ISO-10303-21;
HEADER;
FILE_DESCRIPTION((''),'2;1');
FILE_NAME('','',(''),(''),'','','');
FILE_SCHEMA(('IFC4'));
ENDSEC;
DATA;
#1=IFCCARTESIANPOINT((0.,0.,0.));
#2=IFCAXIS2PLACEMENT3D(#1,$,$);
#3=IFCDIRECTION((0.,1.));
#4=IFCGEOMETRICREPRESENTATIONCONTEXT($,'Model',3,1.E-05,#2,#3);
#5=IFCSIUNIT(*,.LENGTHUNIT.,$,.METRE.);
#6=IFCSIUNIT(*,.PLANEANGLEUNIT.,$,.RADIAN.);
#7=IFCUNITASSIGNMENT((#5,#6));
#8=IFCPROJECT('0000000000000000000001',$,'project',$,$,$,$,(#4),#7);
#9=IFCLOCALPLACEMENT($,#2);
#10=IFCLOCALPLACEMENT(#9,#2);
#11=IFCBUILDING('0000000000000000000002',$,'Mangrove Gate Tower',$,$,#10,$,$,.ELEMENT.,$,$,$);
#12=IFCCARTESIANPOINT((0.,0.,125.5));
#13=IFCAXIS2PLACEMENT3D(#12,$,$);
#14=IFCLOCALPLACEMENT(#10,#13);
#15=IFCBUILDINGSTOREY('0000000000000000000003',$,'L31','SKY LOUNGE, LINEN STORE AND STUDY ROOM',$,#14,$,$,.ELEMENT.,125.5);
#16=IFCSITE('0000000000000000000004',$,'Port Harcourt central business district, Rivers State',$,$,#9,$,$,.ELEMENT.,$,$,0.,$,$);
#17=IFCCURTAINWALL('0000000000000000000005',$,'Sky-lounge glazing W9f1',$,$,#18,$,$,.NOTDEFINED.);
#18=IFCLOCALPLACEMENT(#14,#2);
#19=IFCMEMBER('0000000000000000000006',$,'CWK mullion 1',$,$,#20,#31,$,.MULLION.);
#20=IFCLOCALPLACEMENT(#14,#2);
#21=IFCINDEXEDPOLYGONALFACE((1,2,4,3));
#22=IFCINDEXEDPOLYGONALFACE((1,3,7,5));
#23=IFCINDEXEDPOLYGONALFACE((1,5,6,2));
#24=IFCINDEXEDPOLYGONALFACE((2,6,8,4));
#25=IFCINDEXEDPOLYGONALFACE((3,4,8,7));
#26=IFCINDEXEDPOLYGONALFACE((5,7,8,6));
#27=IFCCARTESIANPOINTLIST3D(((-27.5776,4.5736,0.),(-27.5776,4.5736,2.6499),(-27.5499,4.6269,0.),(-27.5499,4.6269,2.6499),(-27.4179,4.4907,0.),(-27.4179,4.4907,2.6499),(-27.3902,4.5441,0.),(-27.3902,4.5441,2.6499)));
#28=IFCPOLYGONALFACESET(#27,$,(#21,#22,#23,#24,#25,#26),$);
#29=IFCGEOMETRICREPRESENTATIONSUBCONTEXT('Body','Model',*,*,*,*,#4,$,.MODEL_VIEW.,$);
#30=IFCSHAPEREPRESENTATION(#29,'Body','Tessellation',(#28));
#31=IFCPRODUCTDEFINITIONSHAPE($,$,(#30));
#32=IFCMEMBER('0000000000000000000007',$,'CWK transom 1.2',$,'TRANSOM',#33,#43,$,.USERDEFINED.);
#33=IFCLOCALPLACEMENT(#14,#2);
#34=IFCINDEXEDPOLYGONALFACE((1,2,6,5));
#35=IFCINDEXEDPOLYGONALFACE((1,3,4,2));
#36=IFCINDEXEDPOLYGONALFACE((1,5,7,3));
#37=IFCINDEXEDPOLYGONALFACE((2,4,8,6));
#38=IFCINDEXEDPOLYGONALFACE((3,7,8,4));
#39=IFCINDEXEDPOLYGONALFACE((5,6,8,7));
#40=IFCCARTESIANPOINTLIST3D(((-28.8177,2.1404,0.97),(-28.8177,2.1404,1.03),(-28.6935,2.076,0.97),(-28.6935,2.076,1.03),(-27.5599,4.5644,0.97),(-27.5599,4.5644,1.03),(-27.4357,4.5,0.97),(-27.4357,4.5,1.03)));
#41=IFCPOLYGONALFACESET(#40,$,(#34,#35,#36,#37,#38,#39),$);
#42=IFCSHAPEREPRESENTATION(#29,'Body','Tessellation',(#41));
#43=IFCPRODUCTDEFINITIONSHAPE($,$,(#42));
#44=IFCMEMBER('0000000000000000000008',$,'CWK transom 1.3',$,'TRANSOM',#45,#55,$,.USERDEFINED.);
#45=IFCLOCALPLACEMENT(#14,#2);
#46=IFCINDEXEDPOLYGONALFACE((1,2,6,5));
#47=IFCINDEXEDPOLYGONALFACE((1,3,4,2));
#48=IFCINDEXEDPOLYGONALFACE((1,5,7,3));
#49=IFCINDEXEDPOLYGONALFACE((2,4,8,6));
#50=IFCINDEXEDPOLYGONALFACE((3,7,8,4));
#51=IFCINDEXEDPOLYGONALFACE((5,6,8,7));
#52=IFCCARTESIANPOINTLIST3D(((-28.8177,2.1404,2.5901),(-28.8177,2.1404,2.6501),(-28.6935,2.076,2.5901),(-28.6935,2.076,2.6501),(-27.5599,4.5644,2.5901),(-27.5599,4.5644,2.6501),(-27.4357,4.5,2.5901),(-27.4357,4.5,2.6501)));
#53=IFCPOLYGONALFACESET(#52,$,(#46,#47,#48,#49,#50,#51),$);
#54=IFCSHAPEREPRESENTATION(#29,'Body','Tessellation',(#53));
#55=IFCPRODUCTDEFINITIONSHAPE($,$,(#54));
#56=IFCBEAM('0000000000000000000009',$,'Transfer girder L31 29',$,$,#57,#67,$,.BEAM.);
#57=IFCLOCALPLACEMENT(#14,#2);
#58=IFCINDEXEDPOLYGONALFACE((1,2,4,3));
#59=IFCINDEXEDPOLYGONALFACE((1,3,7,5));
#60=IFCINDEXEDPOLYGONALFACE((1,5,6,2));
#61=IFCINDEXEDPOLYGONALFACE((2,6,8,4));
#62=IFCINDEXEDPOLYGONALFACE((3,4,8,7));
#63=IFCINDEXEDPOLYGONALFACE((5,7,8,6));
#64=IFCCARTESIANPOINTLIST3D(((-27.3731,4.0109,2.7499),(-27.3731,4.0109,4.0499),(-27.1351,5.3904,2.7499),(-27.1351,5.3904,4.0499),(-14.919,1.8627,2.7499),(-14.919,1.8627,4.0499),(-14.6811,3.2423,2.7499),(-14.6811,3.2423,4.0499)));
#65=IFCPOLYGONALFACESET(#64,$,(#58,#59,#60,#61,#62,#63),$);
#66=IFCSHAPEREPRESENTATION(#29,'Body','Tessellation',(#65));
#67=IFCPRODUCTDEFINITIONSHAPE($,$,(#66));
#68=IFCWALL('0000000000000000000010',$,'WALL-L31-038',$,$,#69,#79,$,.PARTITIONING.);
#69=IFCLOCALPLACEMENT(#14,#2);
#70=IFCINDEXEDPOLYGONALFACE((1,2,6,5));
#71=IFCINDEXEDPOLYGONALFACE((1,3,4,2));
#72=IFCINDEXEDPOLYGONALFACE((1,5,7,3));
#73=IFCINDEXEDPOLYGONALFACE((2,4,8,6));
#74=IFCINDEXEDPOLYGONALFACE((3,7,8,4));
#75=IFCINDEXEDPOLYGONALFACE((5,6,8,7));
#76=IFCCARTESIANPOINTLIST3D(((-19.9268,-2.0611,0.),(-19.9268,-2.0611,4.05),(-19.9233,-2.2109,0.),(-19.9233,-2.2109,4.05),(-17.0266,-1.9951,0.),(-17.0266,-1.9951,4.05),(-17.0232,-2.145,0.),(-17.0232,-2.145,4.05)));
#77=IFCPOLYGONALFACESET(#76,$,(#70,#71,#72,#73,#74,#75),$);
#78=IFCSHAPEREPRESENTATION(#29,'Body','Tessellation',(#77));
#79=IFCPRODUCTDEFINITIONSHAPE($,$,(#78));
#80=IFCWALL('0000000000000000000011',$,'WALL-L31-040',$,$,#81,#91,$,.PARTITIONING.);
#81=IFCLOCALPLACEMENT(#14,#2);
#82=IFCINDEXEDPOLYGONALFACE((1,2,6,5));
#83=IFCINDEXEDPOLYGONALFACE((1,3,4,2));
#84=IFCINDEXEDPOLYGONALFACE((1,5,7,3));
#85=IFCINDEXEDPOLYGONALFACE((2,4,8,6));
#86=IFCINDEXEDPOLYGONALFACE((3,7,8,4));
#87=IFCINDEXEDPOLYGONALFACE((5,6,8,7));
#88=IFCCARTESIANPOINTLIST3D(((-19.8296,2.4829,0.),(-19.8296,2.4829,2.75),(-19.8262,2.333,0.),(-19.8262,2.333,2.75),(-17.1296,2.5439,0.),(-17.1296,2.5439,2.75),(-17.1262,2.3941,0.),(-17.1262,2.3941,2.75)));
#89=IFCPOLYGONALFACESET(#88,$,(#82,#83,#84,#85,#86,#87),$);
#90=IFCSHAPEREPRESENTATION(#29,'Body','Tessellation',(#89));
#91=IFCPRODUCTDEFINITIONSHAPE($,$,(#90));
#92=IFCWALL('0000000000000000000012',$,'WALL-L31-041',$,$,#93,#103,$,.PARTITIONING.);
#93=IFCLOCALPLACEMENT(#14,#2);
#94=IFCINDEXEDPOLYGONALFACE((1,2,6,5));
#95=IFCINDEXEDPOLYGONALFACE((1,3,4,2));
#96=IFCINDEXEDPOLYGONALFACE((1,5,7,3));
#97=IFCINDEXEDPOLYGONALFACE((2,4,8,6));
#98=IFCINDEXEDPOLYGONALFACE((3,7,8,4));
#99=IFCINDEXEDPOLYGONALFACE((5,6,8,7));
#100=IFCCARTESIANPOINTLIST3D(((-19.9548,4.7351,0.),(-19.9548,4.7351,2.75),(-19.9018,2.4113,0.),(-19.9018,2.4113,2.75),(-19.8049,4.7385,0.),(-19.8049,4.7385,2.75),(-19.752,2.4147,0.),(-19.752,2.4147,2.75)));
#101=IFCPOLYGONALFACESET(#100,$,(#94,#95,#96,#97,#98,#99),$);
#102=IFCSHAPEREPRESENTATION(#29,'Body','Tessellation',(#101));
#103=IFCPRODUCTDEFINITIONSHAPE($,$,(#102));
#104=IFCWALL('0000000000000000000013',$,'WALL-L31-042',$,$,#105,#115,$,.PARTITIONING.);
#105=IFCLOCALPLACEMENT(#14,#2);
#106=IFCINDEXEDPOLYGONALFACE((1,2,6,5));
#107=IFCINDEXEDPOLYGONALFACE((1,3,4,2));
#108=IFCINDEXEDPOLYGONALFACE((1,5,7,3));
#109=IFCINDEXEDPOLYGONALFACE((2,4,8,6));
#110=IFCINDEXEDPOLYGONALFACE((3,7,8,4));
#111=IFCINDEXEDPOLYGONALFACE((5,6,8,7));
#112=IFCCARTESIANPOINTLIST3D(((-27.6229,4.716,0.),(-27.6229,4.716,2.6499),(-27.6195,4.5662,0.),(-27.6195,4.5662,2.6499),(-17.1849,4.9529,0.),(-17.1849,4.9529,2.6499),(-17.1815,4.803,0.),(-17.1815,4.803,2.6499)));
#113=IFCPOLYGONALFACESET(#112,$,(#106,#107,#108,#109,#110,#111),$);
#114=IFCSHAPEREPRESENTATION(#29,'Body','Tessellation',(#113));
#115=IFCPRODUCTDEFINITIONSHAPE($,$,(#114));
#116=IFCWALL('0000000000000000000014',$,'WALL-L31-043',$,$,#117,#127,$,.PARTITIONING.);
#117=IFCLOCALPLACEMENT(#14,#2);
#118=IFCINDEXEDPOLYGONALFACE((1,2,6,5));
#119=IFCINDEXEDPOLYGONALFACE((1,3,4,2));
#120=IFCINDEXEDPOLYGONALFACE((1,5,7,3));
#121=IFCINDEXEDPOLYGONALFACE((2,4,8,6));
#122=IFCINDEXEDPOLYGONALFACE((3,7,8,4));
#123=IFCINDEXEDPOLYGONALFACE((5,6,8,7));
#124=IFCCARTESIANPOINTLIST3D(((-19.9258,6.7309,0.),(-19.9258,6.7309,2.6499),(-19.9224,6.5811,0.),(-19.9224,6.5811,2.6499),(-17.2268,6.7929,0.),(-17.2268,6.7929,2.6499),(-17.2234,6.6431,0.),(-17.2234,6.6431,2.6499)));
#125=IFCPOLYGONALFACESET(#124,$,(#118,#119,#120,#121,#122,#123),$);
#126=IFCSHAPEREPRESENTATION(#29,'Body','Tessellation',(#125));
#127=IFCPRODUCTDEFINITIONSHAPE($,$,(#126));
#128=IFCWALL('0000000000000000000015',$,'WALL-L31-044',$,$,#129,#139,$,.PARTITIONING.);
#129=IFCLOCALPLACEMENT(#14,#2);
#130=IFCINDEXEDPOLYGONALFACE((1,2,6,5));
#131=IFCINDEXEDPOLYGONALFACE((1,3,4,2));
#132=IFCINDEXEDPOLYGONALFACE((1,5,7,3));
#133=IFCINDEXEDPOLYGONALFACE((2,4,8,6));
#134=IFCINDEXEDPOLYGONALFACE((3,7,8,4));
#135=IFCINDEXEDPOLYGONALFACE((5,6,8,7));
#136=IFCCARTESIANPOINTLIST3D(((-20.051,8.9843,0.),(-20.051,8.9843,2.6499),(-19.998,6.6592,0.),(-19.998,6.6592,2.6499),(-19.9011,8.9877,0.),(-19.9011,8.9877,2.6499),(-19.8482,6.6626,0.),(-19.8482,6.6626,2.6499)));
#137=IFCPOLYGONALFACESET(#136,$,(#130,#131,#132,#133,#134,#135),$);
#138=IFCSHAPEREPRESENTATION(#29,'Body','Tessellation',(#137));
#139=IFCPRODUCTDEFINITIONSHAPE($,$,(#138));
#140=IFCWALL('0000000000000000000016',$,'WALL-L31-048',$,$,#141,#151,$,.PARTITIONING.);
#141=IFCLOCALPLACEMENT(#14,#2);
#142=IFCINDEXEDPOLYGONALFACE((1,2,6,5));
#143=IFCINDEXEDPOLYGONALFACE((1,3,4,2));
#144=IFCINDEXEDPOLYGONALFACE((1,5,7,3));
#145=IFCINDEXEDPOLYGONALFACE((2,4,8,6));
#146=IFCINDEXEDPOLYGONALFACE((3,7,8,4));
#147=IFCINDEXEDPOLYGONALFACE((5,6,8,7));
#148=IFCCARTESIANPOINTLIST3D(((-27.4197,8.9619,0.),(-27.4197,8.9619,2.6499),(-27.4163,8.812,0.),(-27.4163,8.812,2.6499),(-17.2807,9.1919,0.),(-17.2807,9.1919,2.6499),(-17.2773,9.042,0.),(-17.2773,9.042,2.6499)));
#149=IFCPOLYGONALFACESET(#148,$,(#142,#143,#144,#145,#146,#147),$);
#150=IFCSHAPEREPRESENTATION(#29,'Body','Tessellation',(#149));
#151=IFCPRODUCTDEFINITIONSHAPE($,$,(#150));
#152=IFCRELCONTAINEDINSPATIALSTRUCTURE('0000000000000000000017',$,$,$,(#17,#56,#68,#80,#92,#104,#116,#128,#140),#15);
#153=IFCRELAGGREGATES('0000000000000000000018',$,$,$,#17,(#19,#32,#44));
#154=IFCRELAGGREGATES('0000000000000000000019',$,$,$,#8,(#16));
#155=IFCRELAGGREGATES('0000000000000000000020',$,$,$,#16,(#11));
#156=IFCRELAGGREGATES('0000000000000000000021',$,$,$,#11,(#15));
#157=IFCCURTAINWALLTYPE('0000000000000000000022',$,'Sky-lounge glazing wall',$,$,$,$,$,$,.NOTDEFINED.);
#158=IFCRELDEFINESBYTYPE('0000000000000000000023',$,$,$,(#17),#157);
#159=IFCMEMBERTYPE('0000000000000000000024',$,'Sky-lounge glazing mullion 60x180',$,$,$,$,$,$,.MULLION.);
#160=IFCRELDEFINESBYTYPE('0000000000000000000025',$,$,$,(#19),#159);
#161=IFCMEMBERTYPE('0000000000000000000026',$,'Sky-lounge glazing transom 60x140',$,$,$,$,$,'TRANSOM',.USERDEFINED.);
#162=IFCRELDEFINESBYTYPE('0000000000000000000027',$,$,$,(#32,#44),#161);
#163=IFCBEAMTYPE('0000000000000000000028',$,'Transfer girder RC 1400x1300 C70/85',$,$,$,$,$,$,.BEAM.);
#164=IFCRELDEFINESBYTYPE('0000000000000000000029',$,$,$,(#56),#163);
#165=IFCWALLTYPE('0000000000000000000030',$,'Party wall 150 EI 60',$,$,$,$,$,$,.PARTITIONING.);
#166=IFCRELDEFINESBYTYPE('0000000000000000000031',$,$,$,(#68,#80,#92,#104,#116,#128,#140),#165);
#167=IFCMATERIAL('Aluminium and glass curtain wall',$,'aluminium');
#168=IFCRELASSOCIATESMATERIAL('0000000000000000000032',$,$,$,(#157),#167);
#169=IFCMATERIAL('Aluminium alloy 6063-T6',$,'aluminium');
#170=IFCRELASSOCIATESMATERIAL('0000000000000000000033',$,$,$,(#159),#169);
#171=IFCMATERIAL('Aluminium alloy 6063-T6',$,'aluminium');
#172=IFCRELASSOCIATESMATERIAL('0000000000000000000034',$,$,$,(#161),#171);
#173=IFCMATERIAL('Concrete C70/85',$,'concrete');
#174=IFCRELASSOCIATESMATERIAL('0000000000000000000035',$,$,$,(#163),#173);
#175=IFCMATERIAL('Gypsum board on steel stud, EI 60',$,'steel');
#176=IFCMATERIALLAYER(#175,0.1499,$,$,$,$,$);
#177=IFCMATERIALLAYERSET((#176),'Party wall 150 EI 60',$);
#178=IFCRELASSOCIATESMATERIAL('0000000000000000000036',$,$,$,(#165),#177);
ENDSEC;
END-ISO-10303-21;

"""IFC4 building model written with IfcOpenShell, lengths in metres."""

from ifc_helpers import new_model, si_unit, direction, frame, frame_2d, origin, origin_2d, place, context, subcontext, project, spatial, rectangle, extrude, material, layer, layer_set, material_profile, profile_set, type_object, element, aggregate, save


model = new_model("IFC4")

# Units and contexts
model_context = context("Model", 3, precision=1e-05, world=origin(), true_north=direction((0.0, 1.0)))
body_context = subcontext(model_context, "Body", "Model", "MODEL_VIEW")
ifc_project = project(units=[si_unit("LENGTHUNIT", "METRE"), si_unit("PLANEANGLEUNIT", "RADIAN")], contexts=[model_context])

# Site, building, storey
site_placement = place(None, origin())
site = spatial("IfcSite", under=ifc_project, at=site_placement, Name="Port Harcourt central business district, Rivers State", CompositionType="ELEMENT", RefElevation=0.0)
building_placement = place(site_placement, origin())
building = spatial("IfcBuilding", under=site, at=building_placement, Name="Mangrove Gate Tower", CompositionType="ELEMENT")
storey_placement = place(building_placement, frame((0.0, 0.0, 125.5)))
storey = spatial("IfcBuildingStorey", under=building, at=storey_placement, Name="L31", Description="SKY LOUNGE, LINEN STORE AND STUDY ROOM", CompositionType="ELEMENT", Elevation=125.5)

# Curtain wall, members
ifc_material_1 = material(Name="Aluminium and glass curtain wall", Category="aluminium")
curtain_wall_type = type_object("IfcCurtainWallType", Name="Sky-lounge glazing wall", PredefinedType="NOTDEFINED", material=ifc_material_1)
curtain_wall_placement = place(storey_placement, origin())
curtain_wall = element("IfcCurtainWall", 1, at=curtain_wall_placement, inside=storey, type_object=curtain_wall_type, Name="Sky-lounge glazing W9f1", PredefinedType="NOTDEFINED")
ifc_material_2 = material(Name="Aluminium alloy 6063-T6", Category="aluminium")
ifc_material_profile_1 = material_profile(ifc_material_2, rectangle(XDim=0.0601, YDim=0.1799, at=origin_2d()))
ifc_profile_set_1 = profile_set([ifc_material_profile_1], Name="Aluminium alloy 6063-T6")
member_type_1 = type_object("IfcMemberType", Name="Sky-lounge glazing mullion 60x180", PredefinedType="MULLION", material=ifc_profile_set_1)
member_1_placement = place(storey_placement, frame((-27.4839, 4.5588, 0.0), z_axis=(0.0, 0.0, 1.0), x_axis=(-0.460628, -0.887593, 0.0)))
member_1 = element("IfcMember", 2, at=member_1_placement, type_object=member_type_1, Name="CWK mullion 1", PredefinedType="MULLION", context=body_context, shape_type="SweptSolid", body=[
    extrude(rectangle(XDim=0.0601, YDim=0.1799, at=origin_2d()), origin(), (0.0, 0.0, 1.0), 2.6499),
])
ifc_material_3 = material(Name="Aluminium alloy 6063-T6", Category="aluminium")
ifc_material_profile_2 = material_profile(ifc_material_3, rectangle(XDim=0.0601, YDim=0.1399, at=origin_2d()))
ifc_profile_set_2 = profile_set([ifc_material_profile_2], Name="Aluminium alloy 6063-T6")
member_type_2 = type_object("IfcMemberType", Name="Sky-lounge glazing transom 60x140", ElementType="TRANSOM", PredefinedType="USERDEFINED", material=ifc_profile_set_2)
member_2_placement = place(storey_placement, frame((-27.4978, 4.5322, 1.0), z_axis=(-0.460573, -0.887622, 0.0), x_axis=(0.0, 0.0, 1.0)))
member_2 = element("IfcMember", 3, at=member_2_placement, type_object=member_type_2, Name="CWK transom 1.2", ObjectType="TRANSOM", PredefinedType="USERDEFINED", context=body_context, shape_type="SweptSolid", body=[
    extrude(rectangle(XDim=0.0601, YDim=0.1399, at=origin_2d()), origin(), (0.0, 0.0, 1.0), 2.731),
])
member_3_placement = place(storey_placement, frame((-27.4978, 4.5322, 2.6201), z_axis=(-0.460573, -0.887622, 0.0), x_axis=(0.0, 0.0, 1.0)))
member_3 = element("IfcMember", 4, at=member_3_placement, type_object=member_type_2, Name="CWK transom 1.3", ObjectType="TRANSOM", PredefinedType="USERDEFINED", context=body_context, shape_type="SweptSolid", body=[
    extrude(rectangle(XDim=0.0601, YDim=0.1399, at=origin_2d()), origin(), (0.0, 0.0, 1.0), 2.731),
])
aggregate(curtain_wall, [member_1, member_2, member_3])

# Beam
ifc_material_4 = material(Name="Concrete C70/85", Category="concrete")
ifc_material_profile_3 = material_profile(ifc_material_4, rectangle(XDim=1.3999, YDim=1.3, at=origin_2d()))
ifc_profile_set_3 = profile_set([ifc_material_profile_3], Name="Concrete C70/85")
beam_type = type_object("IfcBeamType", Name="Transfer girder RC 1400x1300 C70/85", PredefinedType="BEAM", material=ifc_profile_set_3)
beam_placement = place(storey_placement, frame((-14.8, 2.5525, 3.3999), z_axis=(-0.985448, 0.169979, 0.0), x_axis=(-0.169979, -0.985448, 0.0)))
element("IfcBeam", 5, at=beam_placement, inside=storey, type_object=beam_type, Name="Transfer girder L31 29", PredefinedType="BEAM", context=body_context, shape_type="SweptSolid", body=[
    extrude(rectangle(XDim=1.3999, YDim=1.3, at=origin_2d()), origin(), (0.0, 0.0, 1.0), 12.6379),
])

# Walls
ifc_material_5 = material(Name="Gypsum board on steel stud, EI 60", Category="steel")
ifc_layer = layer(ifc_material_5, 0.1499)
ifc_layer_set = layer_set([ifc_layer], Name="Party wall 150 EI 60")
wall_type = type_object("IfcWallType", Name="Party wall 150 EI 60", PredefinedType="PARTITIONING", material=ifc_layer_set)
wall_1_placement = place(storey_placement, frame((-19.925, -2.136, 0.0), z_axis=(0.0, 0.0, 1.0), x_axis=(0.999742, 0.022723, 0.0)))
element("IfcWall", 6, at=wall_1_placement, inside=storey, type_object=wall_type, Name="WALL-L31-038", PredefinedType="PARTITIONING", context=body_context, shape_type="SweptSolid", body=[
    extrude(rectangle(XDim=2.9009, YDim=0.1499, at=frame_2d((1.4504, 0.0))), origin(), (0.0, 0.0, 1.0), 4.05),
])
wall_2_placement = place(storey_placement, frame((-19.8279, 2.408, 0.0), z_axis=(0.0, 0.0, 1.0), x_axis=(0.999745, 0.0226, 0.0)))
element("IfcWall", 7, at=wall_2_placement, inside=storey, type_object=wall_type, Name="WALL-L31-040", PredefinedType="PARTITIONING", context=body_context, shape_type="SweptSolid", body=[
    extrude(rectangle(XDim=2.7007, YDim=0.1499, at=frame_2d((1.3503, 0.0))), origin(), (0.0, 0.0, 1.0), 2.75),
])
wall_3_placement = place(storey_placement, frame((-19.8269, 2.4131, 0.0), z_axis=(0.0, 0.0, 1.0), x_axis=(-0.022791, 0.99974, 0.0)))
element("IfcWall", 8, at=wall_3_placement, inside=storey, type_object=wall_type, Name="WALL-L31-041", PredefinedType="PARTITIONING", context=body_context, shape_type="SweptSolid", body=[
    extrude(rectangle(XDim=2.3245, YDim=0.1499, at=frame_2d((1.1621, 0.0))), origin(), (0.0, 0.0, 1.0), 2.75),
])
wall_4_placement = place(storey_placement, frame((-27.6211, 4.6411, 0.0), z_axis=(0.0, 0.0, 1.0), x_axis=(0.999743, 0.022682, 0.0)))
element("IfcWall", 9, at=wall_4_placement, inside=storey, type_object=wall_type, Name="WALL-L31-042", PredefinedType="PARTITIONING", context=body_context, shape_type="SweptSolid", body=[
    extrude(rectangle(XDim=10.4407, YDim=0.1499, at=frame_2d((5.2202, 0.0))), origin(), (0.0, 0.0, 1.0), 2.6499),
])
wall_5_placement = place(storey_placement, frame((-19.9241, 6.656, 0.0), z_axis=(0.0, 0.0, 1.0), x_axis=(0.999736, 0.02297, 0.0)))
element("IfcWall", 10, at=wall_5_placement, inside=storey, type_object=wall_type, Name="WALL-L31-043", PredefinedType="PARTITIONING", context=body_context, shape_type="SweptSolid", body=[
    extrude(rectangle(XDim=2.6997, YDim=0.1499, at=frame_2d((1.3499, 0.0))), origin(), (0.0, 0.0, 1.0), 2.6499),
])
wall_6_placement = place(storey_placement, frame((-19.9231, 6.6609, 0.0), z_axis=(0.0, 0.0, 1.0), x_axis=(-0.022779, 0.999741, 0.0)))
element("IfcWall", 11, at=wall_6_placement, inside=storey, type_object=wall_type, Name="WALL-L31-044", PredefinedType="PARTITIONING", context=body_context, shape_type="SweptSolid", body=[
    extrude(rectangle(XDim=2.3257, YDim=0.1499, at=frame_2d((1.1628, 0.0))), origin(), (0.0, 0.0, 1.0), 2.6499),
])
wall_7_placement = place(storey_placement, frame((-27.418, 8.887, 0.0), z_axis=(0.0, 0.0, 1.0), x_axis=(0.999743, 0.022677, 0.0)))
element("IfcWall", 12, at=wall_7_placement, inside=storey, type_object=wall_type, Name="WALL-L31-048", PredefinedType="PARTITIONING", context=body_context, shape_type="SweptSolid", body=[
    extrude(rectangle(XDim=10.1416, YDim=0.1499, at=frame_2d((5.0708, 0.0))), origin(), (0.0, 0.0, 1.0), 2.6499),
])

save(model, "model.ifc")
